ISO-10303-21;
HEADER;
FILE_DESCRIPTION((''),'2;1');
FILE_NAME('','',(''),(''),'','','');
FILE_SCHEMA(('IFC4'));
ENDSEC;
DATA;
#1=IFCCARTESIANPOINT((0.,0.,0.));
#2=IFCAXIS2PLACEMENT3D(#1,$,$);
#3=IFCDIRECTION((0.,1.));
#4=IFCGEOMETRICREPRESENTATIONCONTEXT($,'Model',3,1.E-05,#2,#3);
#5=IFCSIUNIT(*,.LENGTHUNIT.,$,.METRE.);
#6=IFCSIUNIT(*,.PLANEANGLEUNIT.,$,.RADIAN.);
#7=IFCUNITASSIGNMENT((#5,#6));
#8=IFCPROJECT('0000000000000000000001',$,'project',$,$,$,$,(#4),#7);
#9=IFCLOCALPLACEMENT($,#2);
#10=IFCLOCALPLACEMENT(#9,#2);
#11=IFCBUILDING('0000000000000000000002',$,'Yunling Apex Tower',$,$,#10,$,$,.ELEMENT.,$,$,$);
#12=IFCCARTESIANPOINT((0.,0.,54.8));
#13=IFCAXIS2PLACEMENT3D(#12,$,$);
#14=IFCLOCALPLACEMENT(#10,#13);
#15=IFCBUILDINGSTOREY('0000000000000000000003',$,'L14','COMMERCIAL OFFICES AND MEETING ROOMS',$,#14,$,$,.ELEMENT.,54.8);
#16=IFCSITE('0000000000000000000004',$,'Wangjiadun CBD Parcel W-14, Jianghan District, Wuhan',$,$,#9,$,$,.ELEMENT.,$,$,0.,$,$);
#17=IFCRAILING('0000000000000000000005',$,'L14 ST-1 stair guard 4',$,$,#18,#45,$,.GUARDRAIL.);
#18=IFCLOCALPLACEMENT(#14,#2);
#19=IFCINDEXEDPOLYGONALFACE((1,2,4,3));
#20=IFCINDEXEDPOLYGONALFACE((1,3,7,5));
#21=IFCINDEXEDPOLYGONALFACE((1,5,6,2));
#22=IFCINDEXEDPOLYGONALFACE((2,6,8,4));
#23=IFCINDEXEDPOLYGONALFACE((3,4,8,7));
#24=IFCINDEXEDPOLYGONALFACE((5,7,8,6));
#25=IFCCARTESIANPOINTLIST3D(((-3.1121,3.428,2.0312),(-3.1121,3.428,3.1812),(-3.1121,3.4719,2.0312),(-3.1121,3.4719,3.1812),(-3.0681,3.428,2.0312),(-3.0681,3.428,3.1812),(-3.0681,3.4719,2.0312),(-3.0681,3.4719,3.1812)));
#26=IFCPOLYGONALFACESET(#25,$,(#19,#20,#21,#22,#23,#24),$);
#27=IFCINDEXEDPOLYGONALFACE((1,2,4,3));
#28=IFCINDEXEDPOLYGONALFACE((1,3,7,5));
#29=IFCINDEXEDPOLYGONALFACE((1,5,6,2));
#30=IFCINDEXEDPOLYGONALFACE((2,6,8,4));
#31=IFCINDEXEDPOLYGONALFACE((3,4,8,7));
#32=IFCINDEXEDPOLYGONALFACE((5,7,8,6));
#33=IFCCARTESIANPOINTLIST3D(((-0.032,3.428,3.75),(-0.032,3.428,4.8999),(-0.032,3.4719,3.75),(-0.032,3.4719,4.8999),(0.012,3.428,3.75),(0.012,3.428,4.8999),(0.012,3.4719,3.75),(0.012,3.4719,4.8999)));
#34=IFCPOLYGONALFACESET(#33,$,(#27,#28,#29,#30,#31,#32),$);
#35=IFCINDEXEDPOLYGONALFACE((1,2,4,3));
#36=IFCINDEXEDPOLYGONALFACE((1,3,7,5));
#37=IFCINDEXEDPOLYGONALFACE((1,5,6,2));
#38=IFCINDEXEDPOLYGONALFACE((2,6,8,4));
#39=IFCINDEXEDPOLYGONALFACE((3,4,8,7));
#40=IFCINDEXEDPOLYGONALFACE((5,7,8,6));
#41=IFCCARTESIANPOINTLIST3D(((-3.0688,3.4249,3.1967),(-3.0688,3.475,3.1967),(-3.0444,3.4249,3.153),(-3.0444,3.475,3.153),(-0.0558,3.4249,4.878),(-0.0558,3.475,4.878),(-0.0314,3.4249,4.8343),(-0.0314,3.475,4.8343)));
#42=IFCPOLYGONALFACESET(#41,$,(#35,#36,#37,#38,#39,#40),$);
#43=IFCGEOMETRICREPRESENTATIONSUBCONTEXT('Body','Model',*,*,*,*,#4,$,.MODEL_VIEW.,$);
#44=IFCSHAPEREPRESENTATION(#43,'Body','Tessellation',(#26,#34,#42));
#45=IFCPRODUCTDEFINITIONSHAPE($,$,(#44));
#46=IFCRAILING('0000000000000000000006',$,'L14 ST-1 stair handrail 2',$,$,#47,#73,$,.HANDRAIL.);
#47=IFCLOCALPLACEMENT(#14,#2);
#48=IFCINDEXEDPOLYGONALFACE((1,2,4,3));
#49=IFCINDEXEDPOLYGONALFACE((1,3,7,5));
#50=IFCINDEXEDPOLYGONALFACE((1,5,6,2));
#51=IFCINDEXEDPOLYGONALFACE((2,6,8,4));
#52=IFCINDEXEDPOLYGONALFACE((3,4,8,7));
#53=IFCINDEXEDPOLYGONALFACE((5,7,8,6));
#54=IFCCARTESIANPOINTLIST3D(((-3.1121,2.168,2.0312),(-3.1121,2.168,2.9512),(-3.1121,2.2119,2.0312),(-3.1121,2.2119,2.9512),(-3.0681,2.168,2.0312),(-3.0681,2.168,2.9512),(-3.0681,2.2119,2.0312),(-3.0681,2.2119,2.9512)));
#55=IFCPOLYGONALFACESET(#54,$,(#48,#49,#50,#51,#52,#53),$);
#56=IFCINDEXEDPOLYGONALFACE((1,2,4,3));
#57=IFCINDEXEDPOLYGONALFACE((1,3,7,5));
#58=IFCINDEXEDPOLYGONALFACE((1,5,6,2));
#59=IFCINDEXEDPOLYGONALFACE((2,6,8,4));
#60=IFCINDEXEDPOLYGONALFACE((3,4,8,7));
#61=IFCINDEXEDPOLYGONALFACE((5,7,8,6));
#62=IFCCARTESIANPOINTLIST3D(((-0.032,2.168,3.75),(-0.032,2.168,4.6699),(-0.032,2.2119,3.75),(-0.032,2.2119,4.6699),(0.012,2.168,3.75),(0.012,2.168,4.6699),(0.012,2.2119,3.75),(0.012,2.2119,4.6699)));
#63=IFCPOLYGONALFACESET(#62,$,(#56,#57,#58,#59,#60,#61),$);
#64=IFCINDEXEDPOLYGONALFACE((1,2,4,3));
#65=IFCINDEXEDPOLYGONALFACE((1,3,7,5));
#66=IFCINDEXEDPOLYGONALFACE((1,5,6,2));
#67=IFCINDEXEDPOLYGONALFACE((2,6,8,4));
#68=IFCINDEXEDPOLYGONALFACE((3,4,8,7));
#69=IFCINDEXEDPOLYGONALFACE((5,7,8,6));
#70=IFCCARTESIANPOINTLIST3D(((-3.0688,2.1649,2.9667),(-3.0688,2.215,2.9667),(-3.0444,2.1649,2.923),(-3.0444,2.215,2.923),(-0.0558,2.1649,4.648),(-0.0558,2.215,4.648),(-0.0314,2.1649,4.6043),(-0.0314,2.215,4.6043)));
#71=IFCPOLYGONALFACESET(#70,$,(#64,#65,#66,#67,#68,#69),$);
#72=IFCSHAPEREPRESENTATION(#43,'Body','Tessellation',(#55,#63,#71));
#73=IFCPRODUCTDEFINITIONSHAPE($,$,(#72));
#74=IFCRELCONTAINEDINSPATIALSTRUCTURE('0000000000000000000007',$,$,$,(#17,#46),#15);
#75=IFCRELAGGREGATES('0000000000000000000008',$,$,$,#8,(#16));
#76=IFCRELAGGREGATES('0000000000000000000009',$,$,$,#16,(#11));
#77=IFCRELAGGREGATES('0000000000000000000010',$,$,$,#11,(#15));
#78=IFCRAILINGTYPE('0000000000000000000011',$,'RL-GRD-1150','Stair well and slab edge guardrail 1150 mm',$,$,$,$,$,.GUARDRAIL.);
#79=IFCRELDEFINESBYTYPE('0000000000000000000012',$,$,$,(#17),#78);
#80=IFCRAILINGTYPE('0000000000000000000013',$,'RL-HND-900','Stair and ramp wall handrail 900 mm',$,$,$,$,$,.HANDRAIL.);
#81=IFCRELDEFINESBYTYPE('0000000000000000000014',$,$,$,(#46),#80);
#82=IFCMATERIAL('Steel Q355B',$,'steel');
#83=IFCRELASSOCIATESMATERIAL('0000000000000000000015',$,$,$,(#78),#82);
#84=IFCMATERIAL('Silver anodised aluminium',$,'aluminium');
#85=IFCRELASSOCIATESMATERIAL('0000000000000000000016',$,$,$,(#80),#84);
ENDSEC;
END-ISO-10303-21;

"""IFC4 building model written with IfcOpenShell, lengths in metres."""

from ifc_helpers import new_model, si_unit, direction, frame, origin, origin_2d, place, context, subcontext, project, spatial, rectangle, extrude, material, type_object, element, save


model = new_model("IFC4")

# Units and contexts
model_context = context("Model", 3, precision=1e-05, world=origin(), true_north=direction((0.0, 1.0)))
body_context = subcontext(model_context, "Body", "Model", "MODEL_VIEW")
ifc_project = project(units=[si_unit("LENGTHUNIT", "METRE"), si_unit("PLANEANGLEUNIT", "RADIAN")], contexts=[model_context])

# Site, building, storey
site_placement = place(None, origin())
site = spatial("IfcSite", under=ifc_project, at=site_placement, Name="Wangjiadun CBD Parcel W-14, Jianghan District, Wuhan", CompositionType="ELEMENT", RefElevation=0.0)
building_placement = place(site_placement, origin())
building = spatial("IfcBuilding", under=site, at=building_placement, Name="Yunling Apex Tower", CompositionType="ELEMENT")
storey_placement = place(building_placement, frame((0.0, 0.0, 54.8)))
storey = spatial("IfcBuildingStorey", under=building, at=storey_placement, Name="L14", Description="COMMERCIAL OFFICES AND MEETING ROOMS", CompositionType="ELEMENT", Elevation=54.8)

# Shared definitions
ifc_material_1 = material(Name="Steel Q355B", Category="steel")

# Railings
railing_type_1 = type_object("IfcRailingType", Name="RL-GRD-1150", Description="Stair well and slab edge guardrail 1150 mm", PredefinedType="GUARDRAIL", material=ifc_material_1)
railing_1_placement = place(storey_placement, frame((-3.0901, 3.45, 2.0312)))
element("IfcRailing", 1, at=railing_1_placement, inside=storey, type_object=railing_type_1, Name="L14 ST-1 stair guard 4", PredefinedType="GUARDRAIL", context=body_context, shape_type="SweptSolid", body=[
    extrude(rectangle(XDim=0.0439, YDim=0.0439, at=origin_2d()), origin(), (0.0, 0.0, 1.0), 1.1499),
    extrude(rectangle(XDim=0.0439, YDim=0.0439, at=origin_2d()), frame((3.0801, 0.0, 1.7188)), (0.0, 0.0, 1.0), 1.1499),
    extrude(rectangle(XDim=0.05, YDim=0.05, at=origin_2d()), frame((0.0334, 0.0, 1.1436), z_axis=(0.873242, 0.0, 0.487288), x_axis=(0.0, 1.0, 0.0)), (0.0, 0.0, 1.0), 3.4504),
])
ifc_material_2 = material(Name="Silver anodised aluminium", Category="aluminium")
railing_type_2 = type_object("IfcRailingType", Name="RL-HND-900", Description="Stair and ramp wall handrail 900 mm", PredefinedType="HANDRAIL", material=ifc_material_2)
railing_2_placement = place(storey_placement, frame((-3.0901, 2.1899, 2.0312)))
element("IfcRailing", 2, at=railing_2_placement, inside=storey, type_object=railing_type_2, Name="L14 ST-1 stair handrail 2", PredefinedType="HANDRAIL", context=body_context, shape_type="SweptSolid", body=[
    extrude(rectangle(XDim=0.0439, YDim=0.0439, at=origin_2d()), origin(), (0.0, 0.0, 1.0), 0.9199),
    extrude(rectangle(XDim=0.0439, YDim=0.0439, at=origin_2d()), frame((3.0801, 0.0, 1.7188)), (0.0, 0.0, 1.0), 0.9199),
    extrude(rectangle(XDim=0.05, YDim=0.05, at=origin_2d()), frame((0.0334, 0.0, 0.9136), z_axis=(0.873242, 0.0, 0.487288), x_axis=(0.0, 1.0, 0.0)), (0.0, 0.0, 1.0), 3.4504),
])

save(model, "model.ifc")
